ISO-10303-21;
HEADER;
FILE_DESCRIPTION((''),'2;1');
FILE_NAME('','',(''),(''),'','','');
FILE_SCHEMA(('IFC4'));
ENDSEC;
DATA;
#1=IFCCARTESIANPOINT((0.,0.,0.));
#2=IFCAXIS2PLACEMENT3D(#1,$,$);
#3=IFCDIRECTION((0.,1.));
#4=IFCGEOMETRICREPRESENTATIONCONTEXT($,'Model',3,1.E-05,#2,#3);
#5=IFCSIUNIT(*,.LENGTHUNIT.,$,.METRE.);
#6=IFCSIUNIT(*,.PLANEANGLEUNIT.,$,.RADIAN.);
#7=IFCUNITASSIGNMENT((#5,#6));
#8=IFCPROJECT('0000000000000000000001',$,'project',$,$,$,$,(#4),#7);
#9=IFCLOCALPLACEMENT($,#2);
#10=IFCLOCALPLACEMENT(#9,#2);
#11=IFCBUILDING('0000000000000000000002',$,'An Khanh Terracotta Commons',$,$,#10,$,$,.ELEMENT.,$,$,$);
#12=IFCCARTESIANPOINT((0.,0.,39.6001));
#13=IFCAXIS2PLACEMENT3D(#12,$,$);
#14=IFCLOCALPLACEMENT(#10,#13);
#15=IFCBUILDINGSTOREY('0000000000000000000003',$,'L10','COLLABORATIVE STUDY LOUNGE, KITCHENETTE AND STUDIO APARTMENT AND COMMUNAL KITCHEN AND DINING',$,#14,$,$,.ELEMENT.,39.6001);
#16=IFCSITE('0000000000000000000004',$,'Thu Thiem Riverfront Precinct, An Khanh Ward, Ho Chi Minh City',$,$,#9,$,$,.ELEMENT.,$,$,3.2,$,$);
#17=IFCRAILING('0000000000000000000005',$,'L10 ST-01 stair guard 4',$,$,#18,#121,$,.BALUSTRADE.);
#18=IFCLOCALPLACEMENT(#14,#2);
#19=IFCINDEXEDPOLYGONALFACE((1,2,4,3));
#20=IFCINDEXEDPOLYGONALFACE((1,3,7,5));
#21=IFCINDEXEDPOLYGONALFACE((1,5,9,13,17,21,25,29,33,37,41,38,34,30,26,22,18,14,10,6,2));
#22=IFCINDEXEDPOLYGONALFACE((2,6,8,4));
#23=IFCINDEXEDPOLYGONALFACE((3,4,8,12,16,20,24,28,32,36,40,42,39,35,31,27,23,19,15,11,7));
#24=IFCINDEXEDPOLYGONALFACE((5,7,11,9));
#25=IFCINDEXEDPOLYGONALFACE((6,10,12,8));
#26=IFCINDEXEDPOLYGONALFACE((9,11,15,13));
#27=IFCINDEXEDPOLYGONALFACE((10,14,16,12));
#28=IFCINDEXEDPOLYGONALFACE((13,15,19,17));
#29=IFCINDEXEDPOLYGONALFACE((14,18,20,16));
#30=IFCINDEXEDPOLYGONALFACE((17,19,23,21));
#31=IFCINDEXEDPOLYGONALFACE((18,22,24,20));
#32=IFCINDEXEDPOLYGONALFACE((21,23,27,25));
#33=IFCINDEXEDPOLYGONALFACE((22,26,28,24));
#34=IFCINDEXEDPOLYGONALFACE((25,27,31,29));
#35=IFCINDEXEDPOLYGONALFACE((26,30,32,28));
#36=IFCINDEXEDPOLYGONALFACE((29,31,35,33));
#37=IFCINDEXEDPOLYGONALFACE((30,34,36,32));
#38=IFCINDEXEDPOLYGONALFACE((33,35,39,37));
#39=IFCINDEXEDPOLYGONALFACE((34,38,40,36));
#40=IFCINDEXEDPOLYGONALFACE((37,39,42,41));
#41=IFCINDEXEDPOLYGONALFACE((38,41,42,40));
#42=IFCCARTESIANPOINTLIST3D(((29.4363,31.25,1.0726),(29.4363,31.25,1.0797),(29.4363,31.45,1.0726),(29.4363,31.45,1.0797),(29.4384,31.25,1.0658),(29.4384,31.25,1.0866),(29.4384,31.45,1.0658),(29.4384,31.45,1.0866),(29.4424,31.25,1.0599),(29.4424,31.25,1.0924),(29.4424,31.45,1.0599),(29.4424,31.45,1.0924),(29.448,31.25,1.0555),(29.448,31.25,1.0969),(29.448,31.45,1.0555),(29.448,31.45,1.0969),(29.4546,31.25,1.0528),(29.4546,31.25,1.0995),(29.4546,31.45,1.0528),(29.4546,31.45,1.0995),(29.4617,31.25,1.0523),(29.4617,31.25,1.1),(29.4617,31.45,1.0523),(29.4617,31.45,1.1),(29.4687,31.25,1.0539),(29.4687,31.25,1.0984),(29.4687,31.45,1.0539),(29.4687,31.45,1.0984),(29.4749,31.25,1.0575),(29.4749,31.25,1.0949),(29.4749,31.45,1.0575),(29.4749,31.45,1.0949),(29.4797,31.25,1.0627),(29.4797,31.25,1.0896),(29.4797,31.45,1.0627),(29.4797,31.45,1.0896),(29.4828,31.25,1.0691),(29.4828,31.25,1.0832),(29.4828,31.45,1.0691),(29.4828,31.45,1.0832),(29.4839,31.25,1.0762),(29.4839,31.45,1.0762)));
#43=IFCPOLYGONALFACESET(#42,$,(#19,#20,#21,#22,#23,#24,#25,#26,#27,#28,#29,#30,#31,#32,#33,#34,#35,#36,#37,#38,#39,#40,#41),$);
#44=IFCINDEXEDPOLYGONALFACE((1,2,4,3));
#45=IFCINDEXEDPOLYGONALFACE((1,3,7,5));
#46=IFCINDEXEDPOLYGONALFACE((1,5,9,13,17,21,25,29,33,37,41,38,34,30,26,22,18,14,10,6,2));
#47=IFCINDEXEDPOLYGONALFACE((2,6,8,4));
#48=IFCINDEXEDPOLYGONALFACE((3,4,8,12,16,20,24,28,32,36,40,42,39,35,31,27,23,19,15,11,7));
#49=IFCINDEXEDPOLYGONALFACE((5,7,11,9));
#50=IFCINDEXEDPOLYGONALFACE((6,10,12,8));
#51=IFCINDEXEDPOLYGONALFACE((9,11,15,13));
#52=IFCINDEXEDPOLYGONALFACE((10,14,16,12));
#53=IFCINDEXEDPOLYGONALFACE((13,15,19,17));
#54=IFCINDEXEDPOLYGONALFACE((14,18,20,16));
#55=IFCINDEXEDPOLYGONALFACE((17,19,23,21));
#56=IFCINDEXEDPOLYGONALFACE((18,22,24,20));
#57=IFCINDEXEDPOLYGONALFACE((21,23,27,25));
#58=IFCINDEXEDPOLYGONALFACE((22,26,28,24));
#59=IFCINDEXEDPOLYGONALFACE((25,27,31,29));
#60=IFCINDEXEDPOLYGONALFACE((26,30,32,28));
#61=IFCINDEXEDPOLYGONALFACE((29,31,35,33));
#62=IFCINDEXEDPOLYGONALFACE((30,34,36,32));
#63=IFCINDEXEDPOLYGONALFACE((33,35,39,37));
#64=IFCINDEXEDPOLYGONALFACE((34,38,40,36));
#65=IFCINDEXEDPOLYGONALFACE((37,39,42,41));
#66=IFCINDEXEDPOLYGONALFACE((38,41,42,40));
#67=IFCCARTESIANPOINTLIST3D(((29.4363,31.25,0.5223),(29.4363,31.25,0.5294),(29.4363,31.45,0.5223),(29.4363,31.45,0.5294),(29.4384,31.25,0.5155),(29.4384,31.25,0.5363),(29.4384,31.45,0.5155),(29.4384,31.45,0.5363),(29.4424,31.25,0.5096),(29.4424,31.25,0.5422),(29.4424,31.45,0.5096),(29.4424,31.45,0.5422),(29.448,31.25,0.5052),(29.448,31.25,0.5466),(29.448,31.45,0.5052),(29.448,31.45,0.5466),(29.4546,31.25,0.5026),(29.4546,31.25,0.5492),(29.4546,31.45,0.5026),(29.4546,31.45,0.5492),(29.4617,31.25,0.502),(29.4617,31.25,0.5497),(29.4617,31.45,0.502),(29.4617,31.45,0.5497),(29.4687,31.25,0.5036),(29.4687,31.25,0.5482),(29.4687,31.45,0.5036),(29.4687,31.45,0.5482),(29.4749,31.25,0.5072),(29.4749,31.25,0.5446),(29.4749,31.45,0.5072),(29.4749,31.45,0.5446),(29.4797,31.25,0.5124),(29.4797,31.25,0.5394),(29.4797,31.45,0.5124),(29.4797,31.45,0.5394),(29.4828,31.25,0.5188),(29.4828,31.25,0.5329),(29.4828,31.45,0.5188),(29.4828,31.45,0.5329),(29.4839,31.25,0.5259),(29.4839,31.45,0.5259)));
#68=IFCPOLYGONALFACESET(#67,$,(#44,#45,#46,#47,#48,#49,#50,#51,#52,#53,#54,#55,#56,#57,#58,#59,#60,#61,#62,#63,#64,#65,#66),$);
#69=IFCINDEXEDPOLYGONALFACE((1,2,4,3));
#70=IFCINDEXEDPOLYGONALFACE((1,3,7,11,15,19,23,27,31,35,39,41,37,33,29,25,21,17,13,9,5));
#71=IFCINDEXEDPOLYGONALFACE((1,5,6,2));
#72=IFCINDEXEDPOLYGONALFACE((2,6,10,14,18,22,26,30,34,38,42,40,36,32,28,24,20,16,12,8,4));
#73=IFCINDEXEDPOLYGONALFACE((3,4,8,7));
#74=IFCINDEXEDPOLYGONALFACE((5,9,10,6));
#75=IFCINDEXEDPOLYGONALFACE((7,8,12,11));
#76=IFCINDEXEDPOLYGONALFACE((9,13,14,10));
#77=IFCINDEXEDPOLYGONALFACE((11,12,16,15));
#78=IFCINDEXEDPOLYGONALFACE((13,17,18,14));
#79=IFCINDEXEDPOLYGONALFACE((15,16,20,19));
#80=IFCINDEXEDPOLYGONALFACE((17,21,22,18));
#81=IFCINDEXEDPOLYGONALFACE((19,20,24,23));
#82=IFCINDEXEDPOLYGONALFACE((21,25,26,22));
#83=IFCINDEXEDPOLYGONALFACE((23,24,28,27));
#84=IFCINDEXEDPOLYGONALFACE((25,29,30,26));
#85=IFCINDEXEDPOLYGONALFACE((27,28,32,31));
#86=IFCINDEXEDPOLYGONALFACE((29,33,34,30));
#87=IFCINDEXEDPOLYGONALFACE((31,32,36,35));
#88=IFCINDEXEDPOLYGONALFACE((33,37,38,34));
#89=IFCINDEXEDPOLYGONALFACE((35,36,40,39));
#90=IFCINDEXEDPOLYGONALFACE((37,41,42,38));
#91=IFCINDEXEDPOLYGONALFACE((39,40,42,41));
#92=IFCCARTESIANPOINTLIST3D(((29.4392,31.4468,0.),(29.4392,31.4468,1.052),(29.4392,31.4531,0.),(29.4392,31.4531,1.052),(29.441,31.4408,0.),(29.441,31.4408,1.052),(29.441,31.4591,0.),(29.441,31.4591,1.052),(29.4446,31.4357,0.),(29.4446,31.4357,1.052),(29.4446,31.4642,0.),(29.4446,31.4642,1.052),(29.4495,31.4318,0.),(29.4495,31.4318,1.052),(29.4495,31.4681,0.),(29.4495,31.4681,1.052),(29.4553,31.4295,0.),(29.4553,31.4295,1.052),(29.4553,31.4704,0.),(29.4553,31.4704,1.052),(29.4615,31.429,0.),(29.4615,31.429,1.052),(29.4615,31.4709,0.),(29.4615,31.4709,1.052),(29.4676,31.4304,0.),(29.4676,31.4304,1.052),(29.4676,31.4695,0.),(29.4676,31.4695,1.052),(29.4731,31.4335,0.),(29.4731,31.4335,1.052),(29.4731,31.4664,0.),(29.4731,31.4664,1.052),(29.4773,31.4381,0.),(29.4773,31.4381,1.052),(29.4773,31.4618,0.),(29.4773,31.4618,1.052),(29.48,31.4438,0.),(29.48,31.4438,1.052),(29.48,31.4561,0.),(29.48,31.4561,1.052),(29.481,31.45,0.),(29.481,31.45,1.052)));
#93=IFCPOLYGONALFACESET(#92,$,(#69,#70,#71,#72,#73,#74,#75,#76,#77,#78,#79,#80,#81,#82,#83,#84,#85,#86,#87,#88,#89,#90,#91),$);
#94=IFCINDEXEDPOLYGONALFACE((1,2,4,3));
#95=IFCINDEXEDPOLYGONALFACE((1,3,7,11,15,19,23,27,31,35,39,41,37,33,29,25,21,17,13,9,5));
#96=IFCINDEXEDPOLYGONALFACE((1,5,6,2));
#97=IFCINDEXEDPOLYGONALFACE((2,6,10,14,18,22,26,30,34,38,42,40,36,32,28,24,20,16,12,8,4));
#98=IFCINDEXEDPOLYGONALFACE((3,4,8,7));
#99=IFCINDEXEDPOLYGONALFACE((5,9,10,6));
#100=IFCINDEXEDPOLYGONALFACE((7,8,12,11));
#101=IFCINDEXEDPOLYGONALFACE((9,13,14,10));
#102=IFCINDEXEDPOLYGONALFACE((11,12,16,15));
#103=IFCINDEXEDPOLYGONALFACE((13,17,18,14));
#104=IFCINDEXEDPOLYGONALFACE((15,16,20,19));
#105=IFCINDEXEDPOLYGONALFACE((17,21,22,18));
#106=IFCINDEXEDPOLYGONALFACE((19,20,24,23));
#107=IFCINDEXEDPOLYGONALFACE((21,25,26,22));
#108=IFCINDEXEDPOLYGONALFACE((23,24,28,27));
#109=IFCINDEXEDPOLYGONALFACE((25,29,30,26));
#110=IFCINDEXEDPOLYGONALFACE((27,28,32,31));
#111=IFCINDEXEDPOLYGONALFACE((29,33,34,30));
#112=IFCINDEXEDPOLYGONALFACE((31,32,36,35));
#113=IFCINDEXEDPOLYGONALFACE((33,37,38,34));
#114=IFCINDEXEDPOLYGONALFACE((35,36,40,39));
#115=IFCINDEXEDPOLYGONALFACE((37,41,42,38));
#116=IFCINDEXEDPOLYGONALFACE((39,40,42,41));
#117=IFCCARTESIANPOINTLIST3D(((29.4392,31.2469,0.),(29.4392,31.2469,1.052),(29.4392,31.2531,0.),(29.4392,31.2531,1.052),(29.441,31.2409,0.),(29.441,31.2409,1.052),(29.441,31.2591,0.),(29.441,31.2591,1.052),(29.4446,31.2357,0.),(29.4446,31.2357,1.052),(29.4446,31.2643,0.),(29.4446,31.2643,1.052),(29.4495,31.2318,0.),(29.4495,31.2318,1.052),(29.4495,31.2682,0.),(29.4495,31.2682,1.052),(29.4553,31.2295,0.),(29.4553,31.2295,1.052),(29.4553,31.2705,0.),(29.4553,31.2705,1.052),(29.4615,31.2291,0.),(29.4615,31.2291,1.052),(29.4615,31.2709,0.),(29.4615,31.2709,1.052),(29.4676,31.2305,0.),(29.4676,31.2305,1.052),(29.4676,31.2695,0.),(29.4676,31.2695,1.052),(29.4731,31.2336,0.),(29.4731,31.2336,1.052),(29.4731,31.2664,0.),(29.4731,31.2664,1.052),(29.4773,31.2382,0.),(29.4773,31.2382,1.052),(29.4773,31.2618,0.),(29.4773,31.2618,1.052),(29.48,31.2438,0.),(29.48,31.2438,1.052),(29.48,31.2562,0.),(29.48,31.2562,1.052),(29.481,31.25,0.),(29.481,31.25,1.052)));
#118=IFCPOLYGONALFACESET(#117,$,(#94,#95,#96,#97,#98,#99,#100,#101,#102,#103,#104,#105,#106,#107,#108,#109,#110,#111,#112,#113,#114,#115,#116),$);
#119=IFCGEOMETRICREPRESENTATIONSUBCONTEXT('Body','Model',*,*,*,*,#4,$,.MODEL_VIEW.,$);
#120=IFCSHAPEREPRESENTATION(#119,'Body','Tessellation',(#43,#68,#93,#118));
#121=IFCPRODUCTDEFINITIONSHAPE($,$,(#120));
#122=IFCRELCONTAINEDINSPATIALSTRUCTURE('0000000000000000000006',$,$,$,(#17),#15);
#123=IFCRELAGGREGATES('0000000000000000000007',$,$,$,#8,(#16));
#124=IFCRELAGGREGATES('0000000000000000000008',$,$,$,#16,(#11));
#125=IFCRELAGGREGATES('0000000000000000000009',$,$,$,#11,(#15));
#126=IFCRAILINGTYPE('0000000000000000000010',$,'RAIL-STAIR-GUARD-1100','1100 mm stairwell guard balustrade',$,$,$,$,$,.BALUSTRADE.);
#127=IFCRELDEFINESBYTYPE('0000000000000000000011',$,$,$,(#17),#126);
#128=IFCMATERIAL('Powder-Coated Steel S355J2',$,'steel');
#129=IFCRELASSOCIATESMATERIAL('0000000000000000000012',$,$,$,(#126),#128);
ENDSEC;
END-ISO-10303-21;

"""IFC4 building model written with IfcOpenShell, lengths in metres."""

from ifc_helpers import new_model, si_unit, direction, frame, origin, origin_2d, place, context, subcontext, project, spatial, circle, extrude, material, type_object, element, save


model = new_model("IFC4")

# Units and contexts
model_context = context("Model", 3, precision=1e-05, world=origin(), true_north=direction((0.0, 1.0)))
body_context = subcontext(model_context, "Body", "Model", "MODEL_VIEW")
ifc_project = project(units=[si_unit("LENGTHUNIT", "METRE"), si_unit("PLANEANGLEUNIT", "RADIAN")], contexts=[model_context])

# Site, building, storey
site_placement = place(None, origin())
site = spatial("IfcSite", under=ifc_project, at=site_placement, Name="Thu Thiem Riverfront Precinct, An Khanh Ward, Ho Chi Minh City", CompositionType="ELEMENT", RefElevation=3.2)
building_placement = place(site_placement, origin())
building = spatial("IfcBuilding", under=site, at=building_placement, Name="An Khanh Terracotta Commons", CompositionType="ELEMENT")
storey_placement = place(building_placement, frame((0.0, 0.0, 39.6001)))
storey = spatial("IfcBuildingStorey", under=building, at=storey_placement, Name="L10", Description="COLLABORATIVE STUDY LOUNGE, KITCHENETTE AND STUDIO APARTMENT AND COMMUNAL KITCHEN AND DINING", CompositionType="ELEMENT", Elevation=39.6001)

# Railing
ifc_material_1 = material(Name="Powder-Coated Steel S355J2", Category="steel")
railing_type_1 = type_object("IfcRailingType", Name="RAIL-STAIR-GUARD-1100", Description="1100 mm stairwell guard balustrade", PredefinedType="BALUSTRADE", material=ifc_material_1)
railing_1_placement = place(storey_placement, frame((29.46, 31.45, 0.0)))
element("IfcRailing", 1, at=railing_1_placement, inside=storey, type_object=railing_type_1, Name="L10 ST-01 stair guard 4", PredefinedType="BALUSTRADE", context=body_context, shape_type="SweptSolid", body=[
    extrude(circle(Radius=0.0239, at=origin_2d()), frame((0.0, 0.0, 1.0762), z_axis=(0.0, -1.0, 0.0), x_axis=(1.0, 0.0, 0.0)), (0.0, 0.0, 1.0), 0.2),
    extrude(circle(Radius=0.0239, at=origin_2d()), frame((0.0, 0.0, 0.5259), z_axis=(0.0, -1.0, 0.0), x_axis=(1.0, 0.0, 0.0)), (0.0, 0.0, 1.0), 0.2),
    extrude(circle(Radius=0.021, at=origin_2d()), origin(), (0.0, 0.0, 1.0), 1.052),
    extrude(circle(Radius=0.021, at=origin_2d()), frame((0.0, -0.2, 0.0)), (0.0, 0.0, 1.0), 1.052),
])

save(model, "model.ifc")
